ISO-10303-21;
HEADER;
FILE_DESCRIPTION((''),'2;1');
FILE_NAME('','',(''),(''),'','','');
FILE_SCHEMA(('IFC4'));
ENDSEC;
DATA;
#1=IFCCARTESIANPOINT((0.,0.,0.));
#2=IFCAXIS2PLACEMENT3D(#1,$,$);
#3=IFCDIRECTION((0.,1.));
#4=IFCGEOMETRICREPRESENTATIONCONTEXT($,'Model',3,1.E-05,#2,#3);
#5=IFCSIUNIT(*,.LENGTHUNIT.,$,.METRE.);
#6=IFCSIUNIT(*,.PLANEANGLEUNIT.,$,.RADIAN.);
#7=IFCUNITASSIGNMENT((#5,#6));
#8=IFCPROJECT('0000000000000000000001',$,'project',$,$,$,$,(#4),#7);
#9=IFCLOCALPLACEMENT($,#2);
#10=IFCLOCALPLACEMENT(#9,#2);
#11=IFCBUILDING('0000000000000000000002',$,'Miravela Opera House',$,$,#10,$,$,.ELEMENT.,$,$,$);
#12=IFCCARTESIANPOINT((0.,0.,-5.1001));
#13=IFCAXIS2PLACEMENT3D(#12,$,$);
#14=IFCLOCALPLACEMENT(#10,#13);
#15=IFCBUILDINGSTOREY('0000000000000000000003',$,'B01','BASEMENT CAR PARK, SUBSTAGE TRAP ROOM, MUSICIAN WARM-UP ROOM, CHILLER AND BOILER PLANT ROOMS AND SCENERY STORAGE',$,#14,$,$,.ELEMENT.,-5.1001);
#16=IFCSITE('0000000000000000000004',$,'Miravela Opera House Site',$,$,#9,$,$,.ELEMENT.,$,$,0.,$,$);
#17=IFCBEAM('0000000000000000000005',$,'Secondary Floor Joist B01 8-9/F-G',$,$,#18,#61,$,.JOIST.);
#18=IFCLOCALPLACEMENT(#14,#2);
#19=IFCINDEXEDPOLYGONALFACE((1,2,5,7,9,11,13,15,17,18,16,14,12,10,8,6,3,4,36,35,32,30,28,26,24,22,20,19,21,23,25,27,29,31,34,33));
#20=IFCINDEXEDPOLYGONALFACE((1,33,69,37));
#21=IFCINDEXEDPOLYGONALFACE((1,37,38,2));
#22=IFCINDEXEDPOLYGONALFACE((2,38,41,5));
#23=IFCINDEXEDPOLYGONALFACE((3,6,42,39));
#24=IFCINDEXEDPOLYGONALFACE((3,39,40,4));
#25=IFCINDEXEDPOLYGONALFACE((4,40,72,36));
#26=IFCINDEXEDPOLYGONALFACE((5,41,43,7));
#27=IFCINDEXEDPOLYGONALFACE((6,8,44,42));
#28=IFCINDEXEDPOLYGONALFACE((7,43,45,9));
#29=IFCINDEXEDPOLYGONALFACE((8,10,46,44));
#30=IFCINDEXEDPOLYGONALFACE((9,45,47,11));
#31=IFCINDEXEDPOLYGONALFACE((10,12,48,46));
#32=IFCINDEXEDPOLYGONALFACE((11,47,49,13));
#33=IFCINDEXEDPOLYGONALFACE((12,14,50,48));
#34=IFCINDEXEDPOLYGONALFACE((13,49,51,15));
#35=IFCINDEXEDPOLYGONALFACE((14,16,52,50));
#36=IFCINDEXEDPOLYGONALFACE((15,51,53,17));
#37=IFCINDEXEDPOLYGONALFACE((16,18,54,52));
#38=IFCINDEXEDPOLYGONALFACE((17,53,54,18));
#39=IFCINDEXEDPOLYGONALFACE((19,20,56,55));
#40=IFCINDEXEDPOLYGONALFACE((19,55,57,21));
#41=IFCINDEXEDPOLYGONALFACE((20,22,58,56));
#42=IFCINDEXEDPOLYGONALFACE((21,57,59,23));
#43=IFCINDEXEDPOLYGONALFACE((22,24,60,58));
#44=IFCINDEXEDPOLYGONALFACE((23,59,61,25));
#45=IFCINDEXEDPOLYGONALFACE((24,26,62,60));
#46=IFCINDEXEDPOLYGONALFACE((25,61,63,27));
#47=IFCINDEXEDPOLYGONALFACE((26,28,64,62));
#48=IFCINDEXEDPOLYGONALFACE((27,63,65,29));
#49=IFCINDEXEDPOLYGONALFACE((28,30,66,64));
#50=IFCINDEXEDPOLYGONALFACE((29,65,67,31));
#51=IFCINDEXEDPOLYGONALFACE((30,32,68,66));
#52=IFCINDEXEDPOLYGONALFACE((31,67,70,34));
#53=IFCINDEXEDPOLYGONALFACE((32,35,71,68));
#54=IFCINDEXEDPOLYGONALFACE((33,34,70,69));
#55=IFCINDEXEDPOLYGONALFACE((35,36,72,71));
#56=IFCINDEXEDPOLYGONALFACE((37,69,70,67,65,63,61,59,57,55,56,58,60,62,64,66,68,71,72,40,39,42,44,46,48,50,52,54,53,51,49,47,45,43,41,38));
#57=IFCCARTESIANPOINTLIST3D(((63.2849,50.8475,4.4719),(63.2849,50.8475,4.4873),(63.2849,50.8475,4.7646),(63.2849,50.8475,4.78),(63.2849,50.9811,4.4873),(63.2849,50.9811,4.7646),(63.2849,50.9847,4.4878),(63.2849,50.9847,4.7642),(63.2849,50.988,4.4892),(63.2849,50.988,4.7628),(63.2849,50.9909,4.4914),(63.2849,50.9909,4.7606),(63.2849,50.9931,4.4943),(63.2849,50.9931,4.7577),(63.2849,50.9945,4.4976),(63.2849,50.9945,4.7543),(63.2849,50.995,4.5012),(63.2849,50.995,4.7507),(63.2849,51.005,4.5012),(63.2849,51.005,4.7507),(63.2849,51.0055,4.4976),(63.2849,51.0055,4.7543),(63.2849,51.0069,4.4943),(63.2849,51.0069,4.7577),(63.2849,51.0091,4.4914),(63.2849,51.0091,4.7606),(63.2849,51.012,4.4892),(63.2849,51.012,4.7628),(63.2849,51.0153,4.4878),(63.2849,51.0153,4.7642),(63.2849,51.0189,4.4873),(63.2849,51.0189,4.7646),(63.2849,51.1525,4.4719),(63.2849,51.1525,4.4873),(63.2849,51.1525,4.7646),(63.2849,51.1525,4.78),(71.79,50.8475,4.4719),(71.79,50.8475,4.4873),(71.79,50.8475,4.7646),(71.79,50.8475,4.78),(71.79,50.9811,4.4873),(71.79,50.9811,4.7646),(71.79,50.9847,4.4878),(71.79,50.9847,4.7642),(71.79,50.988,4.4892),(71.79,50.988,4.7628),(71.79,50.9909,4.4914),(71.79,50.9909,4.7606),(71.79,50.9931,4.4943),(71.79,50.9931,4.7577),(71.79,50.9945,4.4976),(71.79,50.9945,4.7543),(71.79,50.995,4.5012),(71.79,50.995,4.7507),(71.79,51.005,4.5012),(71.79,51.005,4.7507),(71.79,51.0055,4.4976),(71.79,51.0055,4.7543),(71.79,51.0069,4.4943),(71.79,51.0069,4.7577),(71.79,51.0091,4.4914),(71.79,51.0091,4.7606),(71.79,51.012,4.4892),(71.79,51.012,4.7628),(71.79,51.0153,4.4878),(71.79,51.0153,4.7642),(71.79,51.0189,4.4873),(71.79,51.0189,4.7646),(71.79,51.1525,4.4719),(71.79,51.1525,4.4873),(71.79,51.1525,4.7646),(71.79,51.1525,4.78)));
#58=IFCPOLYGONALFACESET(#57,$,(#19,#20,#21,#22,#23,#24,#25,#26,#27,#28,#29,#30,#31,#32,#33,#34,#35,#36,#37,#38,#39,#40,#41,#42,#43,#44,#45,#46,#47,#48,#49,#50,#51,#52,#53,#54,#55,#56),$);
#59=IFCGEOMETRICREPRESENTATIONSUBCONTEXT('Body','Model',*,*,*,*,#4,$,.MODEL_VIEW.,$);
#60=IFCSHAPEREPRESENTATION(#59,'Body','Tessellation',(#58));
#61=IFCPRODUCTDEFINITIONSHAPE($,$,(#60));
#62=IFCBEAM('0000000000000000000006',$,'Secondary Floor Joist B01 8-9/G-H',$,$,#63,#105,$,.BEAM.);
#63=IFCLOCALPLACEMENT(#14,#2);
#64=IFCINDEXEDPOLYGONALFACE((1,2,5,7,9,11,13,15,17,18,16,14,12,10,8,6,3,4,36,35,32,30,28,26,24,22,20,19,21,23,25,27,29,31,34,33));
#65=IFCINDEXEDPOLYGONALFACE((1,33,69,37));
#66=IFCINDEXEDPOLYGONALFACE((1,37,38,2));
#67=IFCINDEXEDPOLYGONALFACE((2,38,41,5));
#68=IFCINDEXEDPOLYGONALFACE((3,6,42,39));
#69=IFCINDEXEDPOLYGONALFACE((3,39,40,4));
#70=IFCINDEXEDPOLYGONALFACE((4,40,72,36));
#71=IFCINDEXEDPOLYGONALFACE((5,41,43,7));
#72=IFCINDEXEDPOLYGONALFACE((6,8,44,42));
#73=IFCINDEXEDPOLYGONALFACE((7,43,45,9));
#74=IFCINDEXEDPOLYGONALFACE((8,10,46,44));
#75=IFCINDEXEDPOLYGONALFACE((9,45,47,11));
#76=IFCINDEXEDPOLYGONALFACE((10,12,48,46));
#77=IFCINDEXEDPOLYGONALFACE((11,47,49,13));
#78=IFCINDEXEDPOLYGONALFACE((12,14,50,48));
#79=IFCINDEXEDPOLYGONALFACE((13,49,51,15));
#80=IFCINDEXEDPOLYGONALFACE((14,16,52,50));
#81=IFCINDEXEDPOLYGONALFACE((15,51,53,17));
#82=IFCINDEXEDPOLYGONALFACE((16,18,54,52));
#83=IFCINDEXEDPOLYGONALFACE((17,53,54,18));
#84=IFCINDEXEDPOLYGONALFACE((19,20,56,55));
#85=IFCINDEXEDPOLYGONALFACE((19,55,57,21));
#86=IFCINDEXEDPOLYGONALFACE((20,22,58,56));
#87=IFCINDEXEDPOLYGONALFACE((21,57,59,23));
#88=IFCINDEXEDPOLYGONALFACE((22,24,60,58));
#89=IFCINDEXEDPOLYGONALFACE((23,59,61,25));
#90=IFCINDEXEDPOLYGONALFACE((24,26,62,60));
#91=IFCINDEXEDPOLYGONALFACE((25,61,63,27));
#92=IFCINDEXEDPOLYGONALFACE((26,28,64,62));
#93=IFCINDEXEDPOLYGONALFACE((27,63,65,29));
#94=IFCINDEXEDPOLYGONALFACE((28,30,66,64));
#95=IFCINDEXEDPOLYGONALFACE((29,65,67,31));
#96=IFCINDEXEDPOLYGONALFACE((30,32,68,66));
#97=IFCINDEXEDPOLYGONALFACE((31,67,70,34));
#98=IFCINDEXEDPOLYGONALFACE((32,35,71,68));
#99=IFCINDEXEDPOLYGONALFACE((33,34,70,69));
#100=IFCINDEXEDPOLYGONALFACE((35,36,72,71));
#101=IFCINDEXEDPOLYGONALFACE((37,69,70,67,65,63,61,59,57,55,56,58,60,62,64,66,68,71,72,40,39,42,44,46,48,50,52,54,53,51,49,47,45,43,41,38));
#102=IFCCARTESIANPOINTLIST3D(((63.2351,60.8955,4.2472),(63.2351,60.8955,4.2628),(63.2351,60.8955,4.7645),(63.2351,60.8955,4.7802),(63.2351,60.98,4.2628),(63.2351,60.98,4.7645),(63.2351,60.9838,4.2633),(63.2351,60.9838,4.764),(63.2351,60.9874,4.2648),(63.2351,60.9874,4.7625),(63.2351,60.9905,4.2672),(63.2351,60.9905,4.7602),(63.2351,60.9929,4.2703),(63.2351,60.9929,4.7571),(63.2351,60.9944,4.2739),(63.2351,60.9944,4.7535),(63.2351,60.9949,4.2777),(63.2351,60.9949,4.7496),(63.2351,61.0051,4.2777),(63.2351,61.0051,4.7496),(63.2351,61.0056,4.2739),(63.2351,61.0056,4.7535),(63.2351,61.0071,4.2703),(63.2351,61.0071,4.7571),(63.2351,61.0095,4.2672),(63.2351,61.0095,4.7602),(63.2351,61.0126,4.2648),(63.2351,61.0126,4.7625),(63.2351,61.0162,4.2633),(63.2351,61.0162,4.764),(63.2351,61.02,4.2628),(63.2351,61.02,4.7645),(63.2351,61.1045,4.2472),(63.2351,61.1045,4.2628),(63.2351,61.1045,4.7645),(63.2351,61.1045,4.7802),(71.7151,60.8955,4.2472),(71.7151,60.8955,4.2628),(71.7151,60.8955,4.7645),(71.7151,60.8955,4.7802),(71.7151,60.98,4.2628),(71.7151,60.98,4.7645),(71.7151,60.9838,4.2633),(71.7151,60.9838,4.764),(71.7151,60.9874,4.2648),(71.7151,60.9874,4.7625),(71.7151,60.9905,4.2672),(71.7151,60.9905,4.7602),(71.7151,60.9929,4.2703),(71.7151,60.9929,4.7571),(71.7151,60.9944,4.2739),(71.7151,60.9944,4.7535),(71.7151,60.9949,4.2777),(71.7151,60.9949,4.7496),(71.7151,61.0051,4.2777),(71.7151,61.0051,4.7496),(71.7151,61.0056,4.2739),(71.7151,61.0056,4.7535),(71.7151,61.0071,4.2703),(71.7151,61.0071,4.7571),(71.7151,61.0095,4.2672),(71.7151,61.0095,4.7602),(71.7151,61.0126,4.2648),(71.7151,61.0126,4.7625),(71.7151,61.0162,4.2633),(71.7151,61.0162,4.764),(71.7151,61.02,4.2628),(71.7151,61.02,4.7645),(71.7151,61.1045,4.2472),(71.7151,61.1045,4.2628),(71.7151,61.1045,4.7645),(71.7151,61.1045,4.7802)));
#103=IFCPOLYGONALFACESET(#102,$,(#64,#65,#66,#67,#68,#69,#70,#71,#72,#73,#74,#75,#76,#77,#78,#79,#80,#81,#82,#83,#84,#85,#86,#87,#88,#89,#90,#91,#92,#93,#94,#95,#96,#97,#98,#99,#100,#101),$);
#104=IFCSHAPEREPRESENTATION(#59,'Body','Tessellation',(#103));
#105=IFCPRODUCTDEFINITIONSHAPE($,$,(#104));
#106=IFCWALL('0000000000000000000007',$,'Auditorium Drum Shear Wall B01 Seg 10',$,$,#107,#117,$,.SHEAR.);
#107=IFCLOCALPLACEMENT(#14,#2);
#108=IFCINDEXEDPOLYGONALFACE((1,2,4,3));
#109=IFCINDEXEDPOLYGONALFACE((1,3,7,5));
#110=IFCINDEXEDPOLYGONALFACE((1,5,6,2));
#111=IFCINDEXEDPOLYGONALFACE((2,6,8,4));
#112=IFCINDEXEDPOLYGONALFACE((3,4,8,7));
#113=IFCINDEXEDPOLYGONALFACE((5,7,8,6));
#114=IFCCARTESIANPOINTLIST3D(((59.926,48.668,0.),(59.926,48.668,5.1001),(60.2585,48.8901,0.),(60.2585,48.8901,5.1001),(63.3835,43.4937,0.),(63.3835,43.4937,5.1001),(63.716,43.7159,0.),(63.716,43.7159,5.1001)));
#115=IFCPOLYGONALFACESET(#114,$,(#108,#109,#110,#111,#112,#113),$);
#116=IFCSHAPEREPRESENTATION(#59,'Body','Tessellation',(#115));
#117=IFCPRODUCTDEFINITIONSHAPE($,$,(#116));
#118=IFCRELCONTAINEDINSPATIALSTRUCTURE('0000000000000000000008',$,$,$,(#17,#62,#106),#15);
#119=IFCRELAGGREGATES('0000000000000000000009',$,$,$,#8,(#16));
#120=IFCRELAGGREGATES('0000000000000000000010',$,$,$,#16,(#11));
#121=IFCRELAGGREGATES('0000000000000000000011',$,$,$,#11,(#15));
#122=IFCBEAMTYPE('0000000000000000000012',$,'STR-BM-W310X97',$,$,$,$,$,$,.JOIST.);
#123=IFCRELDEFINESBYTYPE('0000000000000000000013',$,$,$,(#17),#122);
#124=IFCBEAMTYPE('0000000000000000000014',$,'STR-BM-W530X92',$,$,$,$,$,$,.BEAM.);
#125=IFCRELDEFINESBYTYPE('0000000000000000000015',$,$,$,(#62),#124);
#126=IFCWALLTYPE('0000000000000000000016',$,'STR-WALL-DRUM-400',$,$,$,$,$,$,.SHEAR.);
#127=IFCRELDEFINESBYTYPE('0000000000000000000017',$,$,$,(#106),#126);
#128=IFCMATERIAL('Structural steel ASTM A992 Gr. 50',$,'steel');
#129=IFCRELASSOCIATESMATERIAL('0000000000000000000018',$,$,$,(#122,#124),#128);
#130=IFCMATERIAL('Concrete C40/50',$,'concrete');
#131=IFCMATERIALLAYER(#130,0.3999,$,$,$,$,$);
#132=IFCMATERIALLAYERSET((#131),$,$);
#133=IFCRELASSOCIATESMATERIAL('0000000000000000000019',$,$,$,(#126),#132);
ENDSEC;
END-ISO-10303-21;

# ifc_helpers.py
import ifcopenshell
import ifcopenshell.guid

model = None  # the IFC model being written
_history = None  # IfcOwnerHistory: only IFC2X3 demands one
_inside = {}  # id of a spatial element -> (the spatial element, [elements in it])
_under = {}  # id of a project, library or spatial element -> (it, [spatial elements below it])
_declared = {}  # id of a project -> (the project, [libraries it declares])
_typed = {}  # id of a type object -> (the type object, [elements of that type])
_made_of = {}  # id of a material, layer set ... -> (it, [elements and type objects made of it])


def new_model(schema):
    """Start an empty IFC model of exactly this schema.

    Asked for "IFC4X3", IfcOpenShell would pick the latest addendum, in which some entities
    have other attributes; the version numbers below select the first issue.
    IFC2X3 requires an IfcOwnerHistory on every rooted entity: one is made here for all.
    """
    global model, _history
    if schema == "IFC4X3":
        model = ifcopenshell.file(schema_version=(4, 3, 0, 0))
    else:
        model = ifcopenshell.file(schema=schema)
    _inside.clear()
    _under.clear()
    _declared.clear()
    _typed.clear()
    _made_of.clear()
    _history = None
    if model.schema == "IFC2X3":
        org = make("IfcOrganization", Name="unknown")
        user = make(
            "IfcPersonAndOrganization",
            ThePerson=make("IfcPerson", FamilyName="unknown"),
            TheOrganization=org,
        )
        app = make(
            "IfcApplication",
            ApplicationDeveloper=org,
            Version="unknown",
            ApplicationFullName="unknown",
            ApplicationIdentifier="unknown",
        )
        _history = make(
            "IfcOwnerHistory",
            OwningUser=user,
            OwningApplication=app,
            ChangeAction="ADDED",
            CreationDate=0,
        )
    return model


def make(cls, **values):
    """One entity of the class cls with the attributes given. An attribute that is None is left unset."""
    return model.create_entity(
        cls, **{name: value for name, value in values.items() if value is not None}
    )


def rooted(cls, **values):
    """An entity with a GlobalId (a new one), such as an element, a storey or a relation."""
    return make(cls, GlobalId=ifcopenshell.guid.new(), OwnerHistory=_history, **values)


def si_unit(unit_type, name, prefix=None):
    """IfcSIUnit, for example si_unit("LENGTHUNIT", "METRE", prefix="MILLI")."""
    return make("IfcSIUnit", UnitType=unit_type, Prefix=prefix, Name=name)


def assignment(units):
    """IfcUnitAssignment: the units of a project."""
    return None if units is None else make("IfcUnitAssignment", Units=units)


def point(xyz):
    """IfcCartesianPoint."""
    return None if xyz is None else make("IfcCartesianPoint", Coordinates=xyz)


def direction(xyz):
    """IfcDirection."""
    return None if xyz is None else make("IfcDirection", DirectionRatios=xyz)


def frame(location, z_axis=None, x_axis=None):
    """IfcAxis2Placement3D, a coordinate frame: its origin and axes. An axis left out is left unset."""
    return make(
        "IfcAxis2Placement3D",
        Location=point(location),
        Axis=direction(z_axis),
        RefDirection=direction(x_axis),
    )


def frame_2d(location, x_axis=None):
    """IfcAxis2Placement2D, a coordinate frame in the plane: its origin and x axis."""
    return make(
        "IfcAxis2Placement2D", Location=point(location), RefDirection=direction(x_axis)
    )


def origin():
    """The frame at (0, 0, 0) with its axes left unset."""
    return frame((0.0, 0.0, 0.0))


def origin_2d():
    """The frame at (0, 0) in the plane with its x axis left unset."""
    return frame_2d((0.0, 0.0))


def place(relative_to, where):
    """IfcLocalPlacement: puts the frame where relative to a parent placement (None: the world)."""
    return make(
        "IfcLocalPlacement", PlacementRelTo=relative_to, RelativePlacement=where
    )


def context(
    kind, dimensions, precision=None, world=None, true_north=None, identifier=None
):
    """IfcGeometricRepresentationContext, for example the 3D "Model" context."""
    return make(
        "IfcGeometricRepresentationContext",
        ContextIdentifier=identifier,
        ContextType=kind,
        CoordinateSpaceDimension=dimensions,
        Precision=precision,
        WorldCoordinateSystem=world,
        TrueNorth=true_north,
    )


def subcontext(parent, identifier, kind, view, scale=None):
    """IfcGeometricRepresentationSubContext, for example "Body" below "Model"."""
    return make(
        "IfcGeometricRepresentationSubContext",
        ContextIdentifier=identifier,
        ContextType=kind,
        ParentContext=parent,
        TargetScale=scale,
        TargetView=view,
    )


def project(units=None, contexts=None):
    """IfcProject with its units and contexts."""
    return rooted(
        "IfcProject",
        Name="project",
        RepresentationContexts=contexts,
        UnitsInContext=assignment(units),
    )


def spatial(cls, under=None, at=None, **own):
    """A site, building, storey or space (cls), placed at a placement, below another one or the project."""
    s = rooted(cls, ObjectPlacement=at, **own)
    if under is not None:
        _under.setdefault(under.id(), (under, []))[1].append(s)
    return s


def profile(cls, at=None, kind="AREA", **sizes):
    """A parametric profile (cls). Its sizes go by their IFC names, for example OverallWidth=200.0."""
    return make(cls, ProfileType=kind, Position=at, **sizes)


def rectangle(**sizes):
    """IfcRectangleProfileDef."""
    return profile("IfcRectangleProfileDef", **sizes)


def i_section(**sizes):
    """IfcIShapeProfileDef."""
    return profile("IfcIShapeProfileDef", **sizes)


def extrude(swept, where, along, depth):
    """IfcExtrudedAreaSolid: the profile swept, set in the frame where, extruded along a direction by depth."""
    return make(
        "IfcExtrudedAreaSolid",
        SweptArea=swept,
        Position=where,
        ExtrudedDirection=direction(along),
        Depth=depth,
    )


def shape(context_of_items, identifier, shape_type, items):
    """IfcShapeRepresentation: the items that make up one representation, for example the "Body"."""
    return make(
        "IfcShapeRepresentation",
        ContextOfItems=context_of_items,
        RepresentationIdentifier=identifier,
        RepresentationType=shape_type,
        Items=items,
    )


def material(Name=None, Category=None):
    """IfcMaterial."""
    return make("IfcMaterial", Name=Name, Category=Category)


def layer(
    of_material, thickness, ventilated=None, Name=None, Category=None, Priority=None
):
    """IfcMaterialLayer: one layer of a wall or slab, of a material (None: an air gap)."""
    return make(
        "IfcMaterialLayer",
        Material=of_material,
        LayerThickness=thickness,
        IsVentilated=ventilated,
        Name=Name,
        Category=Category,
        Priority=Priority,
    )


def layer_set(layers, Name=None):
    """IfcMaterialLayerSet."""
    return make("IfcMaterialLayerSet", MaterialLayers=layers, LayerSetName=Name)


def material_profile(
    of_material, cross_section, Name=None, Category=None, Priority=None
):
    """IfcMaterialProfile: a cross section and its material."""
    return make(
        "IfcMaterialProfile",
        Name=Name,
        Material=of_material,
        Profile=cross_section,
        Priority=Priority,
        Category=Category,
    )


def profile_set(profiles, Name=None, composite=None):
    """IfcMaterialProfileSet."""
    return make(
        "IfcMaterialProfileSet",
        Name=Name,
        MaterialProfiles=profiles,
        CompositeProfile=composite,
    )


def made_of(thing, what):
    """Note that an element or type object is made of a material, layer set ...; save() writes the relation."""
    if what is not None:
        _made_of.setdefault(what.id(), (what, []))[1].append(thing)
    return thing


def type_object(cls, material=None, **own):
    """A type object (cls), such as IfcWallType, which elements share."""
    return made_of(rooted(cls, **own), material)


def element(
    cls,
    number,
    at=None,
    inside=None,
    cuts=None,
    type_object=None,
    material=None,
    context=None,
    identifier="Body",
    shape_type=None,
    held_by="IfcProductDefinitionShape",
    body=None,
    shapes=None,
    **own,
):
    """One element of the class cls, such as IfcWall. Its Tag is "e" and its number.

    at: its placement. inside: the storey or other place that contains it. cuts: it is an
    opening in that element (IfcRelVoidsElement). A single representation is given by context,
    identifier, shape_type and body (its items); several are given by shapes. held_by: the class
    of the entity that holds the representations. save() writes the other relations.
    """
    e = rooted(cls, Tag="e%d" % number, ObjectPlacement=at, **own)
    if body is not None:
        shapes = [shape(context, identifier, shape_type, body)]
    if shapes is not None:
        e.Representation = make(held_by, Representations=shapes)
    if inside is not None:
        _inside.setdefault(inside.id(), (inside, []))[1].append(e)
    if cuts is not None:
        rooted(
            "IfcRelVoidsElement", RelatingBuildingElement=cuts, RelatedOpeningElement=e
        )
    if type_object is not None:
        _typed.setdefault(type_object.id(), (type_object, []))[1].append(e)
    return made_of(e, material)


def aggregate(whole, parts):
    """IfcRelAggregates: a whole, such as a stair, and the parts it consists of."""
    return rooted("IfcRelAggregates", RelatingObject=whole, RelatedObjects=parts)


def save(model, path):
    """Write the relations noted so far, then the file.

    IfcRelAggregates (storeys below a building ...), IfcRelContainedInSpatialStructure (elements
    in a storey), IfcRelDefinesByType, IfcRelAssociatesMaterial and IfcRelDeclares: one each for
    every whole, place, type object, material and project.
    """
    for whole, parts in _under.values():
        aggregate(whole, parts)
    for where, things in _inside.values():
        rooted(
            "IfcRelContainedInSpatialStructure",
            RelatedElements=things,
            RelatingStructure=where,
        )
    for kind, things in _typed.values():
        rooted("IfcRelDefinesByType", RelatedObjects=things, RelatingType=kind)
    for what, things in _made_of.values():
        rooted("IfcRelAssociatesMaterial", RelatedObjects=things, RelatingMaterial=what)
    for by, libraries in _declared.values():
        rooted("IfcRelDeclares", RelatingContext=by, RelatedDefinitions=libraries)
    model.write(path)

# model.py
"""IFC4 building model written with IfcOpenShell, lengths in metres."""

from ifc_helpers import new_model, si_unit, direction, frame, frame_2d, origin, origin_2d, place, context, subcontext, project, spatial, rectangle, i_section, extrude, material, layer, layer_set, material_profile, profile_set, type_object, element, save


model = new_model("IFC4")

# Units and contexts
model_context = context("Model", 3, precision=1e-05, world=origin(), true_north=direction((0.0, 1.0)))
body_context = subcontext(model_context, "Body", "Model", "MODEL_VIEW")
ifc_project = project(units=[si_unit("LENGTHUNIT", "METRE"), si_unit("PLANEANGLEUNIT", "RADIAN")], contexts=[model_context])

# Site, building, storey
site_placement = place(None, origin())
site = spatial("IfcSite", under=ifc_project, at=site_placement, Name="Miravela Opera House Site", CompositionType="ELEMENT", RefElevation=0.0)
building_placement = place(site_placement, origin())
building = spatial("IfcBuilding", under=site, at=building_placement, Name="Miravela Opera House", CompositionType="ELEMENT")
storey_placement = place(building_placement, frame((0.0, 0.0, -5.1001)))
storey = spatial("IfcBuildingStorey", under=building, at=storey_placement, Name="B01", Description="BASEMENT CAR PARK, SUBSTAGE TRAP ROOM, MUSICIAN WARM-UP ROOM, CHILLER AND BOILER PLANT ROOMS AND SCENERY STORAGE", CompositionType="ELEMENT", Elevation=-5.1001)

# Beams
ifc_material_1 = material(Name="Concrete C40/50", Category="concrete")
ifc_material_2 = material(Name="Structural steel ASTM A992 Gr. 50", Category="steel")
ifc_material_profile_1 = material_profile(ifc_material_2, i_section(OverallWidth=0.3049, OverallDepth=0.3081, WebThickness=0.01, FlangeThickness=0.0154, FilletRadius=0.0139, at=origin_2d()), Name="W310X97")
ifc_profile_set_1 = profile_set([ifc_material_profile_1])
beam_type_1 = type_object("IfcBeamType", Name="STR-BM-W310X97", PredefinedType="JOIST", material=ifc_profile_set_1)
beam_1_placement = place(storey_placement, frame((63.2849, 51.0, 4.626), z_axis=(1.0, 0.0, 0.0), x_axis=(0.0, 1.0, 0.0)))
element("IfcBeam", 1, at=beam_1_placement, inside=storey, type_object=beam_type_1, Name="Secondary Floor Joist B01 8-9/F-G", PredefinedType="JOIST", context=body_context, shape_type="SweptSolid", body=[
    extrude(i_section(OverallWidth=0.3049, OverallDepth=0.3081, WebThickness=0.01, FlangeThickness=0.0154, FilletRadius=0.0139, at=origin_2d()), origin(), (0.0, 0.0, 1.0), 8.5051),
])
ifc_material_profile_2 = material_profile(ifc_material_2, i_section(OverallWidth=0.209, OverallDepth=0.533, WebThickness=0.0103, FlangeThickness=0.0156, FilletRadius=0.0149, at=origin_2d()), Name="W530X92")
ifc_profile_set_2 = profile_set([ifc_material_profile_2])
beam_type_2 = type_object("IfcBeamType", Name="STR-BM-W530X92", PredefinedType="BEAM", material=ifc_profile_set_2)
beam_2_placement = place(storey_placement, frame((63.2351, 61.0, 4.5137), z_axis=(1.0, 0.0, 0.0), x_axis=(0.0, 1.0, 0.0)))
element("IfcBeam", 2, at=beam_2_placement, inside=storey, type_object=beam_type_2, Name="Secondary Floor Joist B01 8-9/G-H", PredefinedType="BEAM", context=body_context, shape_type="SweptSolid", body=[
    extrude(i_section(OverallWidth=0.209, OverallDepth=0.533, WebThickness=0.0103, FlangeThickness=0.0156, FilletRadius=0.0149, at=origin_2d()), origin(), (0.0, 0.0, 1.0), 8.48),
])

# Wall
ifc_layer = layer(ifc_material_1, 0.3999)
ifc_layer_set = layer_set([ifc_layer])
wall_type = type_object("IfcWallType", Name="STR-WALL-DRUM-400", PredefinedType="SHEAR", material=ifc_layer_set)
wall_placement = place(storey_placement, frame((60.0923, 48.7791, 0.0), z_axis=(0.0, 0.0, 1.0), x_axis=(0.555587, -0.831458, 0.0)))
element("IfcWall", 3, at=wall_placement, inside=storey, type_object=wall_type, Name="Auditorium Drum Shear Wall B01 Seg 10", PredefinedType="SHEAR", context=body_context, shape_type="SweptSolid", body=[
    extrude(rectangle(XDim=6.2231, YDim=0.3999, at=frame_2d((3.1116, 0.0))), origin(), (0.0, 0.0, 1.0), 5.1001),
])

save(model, "model.ifc")
